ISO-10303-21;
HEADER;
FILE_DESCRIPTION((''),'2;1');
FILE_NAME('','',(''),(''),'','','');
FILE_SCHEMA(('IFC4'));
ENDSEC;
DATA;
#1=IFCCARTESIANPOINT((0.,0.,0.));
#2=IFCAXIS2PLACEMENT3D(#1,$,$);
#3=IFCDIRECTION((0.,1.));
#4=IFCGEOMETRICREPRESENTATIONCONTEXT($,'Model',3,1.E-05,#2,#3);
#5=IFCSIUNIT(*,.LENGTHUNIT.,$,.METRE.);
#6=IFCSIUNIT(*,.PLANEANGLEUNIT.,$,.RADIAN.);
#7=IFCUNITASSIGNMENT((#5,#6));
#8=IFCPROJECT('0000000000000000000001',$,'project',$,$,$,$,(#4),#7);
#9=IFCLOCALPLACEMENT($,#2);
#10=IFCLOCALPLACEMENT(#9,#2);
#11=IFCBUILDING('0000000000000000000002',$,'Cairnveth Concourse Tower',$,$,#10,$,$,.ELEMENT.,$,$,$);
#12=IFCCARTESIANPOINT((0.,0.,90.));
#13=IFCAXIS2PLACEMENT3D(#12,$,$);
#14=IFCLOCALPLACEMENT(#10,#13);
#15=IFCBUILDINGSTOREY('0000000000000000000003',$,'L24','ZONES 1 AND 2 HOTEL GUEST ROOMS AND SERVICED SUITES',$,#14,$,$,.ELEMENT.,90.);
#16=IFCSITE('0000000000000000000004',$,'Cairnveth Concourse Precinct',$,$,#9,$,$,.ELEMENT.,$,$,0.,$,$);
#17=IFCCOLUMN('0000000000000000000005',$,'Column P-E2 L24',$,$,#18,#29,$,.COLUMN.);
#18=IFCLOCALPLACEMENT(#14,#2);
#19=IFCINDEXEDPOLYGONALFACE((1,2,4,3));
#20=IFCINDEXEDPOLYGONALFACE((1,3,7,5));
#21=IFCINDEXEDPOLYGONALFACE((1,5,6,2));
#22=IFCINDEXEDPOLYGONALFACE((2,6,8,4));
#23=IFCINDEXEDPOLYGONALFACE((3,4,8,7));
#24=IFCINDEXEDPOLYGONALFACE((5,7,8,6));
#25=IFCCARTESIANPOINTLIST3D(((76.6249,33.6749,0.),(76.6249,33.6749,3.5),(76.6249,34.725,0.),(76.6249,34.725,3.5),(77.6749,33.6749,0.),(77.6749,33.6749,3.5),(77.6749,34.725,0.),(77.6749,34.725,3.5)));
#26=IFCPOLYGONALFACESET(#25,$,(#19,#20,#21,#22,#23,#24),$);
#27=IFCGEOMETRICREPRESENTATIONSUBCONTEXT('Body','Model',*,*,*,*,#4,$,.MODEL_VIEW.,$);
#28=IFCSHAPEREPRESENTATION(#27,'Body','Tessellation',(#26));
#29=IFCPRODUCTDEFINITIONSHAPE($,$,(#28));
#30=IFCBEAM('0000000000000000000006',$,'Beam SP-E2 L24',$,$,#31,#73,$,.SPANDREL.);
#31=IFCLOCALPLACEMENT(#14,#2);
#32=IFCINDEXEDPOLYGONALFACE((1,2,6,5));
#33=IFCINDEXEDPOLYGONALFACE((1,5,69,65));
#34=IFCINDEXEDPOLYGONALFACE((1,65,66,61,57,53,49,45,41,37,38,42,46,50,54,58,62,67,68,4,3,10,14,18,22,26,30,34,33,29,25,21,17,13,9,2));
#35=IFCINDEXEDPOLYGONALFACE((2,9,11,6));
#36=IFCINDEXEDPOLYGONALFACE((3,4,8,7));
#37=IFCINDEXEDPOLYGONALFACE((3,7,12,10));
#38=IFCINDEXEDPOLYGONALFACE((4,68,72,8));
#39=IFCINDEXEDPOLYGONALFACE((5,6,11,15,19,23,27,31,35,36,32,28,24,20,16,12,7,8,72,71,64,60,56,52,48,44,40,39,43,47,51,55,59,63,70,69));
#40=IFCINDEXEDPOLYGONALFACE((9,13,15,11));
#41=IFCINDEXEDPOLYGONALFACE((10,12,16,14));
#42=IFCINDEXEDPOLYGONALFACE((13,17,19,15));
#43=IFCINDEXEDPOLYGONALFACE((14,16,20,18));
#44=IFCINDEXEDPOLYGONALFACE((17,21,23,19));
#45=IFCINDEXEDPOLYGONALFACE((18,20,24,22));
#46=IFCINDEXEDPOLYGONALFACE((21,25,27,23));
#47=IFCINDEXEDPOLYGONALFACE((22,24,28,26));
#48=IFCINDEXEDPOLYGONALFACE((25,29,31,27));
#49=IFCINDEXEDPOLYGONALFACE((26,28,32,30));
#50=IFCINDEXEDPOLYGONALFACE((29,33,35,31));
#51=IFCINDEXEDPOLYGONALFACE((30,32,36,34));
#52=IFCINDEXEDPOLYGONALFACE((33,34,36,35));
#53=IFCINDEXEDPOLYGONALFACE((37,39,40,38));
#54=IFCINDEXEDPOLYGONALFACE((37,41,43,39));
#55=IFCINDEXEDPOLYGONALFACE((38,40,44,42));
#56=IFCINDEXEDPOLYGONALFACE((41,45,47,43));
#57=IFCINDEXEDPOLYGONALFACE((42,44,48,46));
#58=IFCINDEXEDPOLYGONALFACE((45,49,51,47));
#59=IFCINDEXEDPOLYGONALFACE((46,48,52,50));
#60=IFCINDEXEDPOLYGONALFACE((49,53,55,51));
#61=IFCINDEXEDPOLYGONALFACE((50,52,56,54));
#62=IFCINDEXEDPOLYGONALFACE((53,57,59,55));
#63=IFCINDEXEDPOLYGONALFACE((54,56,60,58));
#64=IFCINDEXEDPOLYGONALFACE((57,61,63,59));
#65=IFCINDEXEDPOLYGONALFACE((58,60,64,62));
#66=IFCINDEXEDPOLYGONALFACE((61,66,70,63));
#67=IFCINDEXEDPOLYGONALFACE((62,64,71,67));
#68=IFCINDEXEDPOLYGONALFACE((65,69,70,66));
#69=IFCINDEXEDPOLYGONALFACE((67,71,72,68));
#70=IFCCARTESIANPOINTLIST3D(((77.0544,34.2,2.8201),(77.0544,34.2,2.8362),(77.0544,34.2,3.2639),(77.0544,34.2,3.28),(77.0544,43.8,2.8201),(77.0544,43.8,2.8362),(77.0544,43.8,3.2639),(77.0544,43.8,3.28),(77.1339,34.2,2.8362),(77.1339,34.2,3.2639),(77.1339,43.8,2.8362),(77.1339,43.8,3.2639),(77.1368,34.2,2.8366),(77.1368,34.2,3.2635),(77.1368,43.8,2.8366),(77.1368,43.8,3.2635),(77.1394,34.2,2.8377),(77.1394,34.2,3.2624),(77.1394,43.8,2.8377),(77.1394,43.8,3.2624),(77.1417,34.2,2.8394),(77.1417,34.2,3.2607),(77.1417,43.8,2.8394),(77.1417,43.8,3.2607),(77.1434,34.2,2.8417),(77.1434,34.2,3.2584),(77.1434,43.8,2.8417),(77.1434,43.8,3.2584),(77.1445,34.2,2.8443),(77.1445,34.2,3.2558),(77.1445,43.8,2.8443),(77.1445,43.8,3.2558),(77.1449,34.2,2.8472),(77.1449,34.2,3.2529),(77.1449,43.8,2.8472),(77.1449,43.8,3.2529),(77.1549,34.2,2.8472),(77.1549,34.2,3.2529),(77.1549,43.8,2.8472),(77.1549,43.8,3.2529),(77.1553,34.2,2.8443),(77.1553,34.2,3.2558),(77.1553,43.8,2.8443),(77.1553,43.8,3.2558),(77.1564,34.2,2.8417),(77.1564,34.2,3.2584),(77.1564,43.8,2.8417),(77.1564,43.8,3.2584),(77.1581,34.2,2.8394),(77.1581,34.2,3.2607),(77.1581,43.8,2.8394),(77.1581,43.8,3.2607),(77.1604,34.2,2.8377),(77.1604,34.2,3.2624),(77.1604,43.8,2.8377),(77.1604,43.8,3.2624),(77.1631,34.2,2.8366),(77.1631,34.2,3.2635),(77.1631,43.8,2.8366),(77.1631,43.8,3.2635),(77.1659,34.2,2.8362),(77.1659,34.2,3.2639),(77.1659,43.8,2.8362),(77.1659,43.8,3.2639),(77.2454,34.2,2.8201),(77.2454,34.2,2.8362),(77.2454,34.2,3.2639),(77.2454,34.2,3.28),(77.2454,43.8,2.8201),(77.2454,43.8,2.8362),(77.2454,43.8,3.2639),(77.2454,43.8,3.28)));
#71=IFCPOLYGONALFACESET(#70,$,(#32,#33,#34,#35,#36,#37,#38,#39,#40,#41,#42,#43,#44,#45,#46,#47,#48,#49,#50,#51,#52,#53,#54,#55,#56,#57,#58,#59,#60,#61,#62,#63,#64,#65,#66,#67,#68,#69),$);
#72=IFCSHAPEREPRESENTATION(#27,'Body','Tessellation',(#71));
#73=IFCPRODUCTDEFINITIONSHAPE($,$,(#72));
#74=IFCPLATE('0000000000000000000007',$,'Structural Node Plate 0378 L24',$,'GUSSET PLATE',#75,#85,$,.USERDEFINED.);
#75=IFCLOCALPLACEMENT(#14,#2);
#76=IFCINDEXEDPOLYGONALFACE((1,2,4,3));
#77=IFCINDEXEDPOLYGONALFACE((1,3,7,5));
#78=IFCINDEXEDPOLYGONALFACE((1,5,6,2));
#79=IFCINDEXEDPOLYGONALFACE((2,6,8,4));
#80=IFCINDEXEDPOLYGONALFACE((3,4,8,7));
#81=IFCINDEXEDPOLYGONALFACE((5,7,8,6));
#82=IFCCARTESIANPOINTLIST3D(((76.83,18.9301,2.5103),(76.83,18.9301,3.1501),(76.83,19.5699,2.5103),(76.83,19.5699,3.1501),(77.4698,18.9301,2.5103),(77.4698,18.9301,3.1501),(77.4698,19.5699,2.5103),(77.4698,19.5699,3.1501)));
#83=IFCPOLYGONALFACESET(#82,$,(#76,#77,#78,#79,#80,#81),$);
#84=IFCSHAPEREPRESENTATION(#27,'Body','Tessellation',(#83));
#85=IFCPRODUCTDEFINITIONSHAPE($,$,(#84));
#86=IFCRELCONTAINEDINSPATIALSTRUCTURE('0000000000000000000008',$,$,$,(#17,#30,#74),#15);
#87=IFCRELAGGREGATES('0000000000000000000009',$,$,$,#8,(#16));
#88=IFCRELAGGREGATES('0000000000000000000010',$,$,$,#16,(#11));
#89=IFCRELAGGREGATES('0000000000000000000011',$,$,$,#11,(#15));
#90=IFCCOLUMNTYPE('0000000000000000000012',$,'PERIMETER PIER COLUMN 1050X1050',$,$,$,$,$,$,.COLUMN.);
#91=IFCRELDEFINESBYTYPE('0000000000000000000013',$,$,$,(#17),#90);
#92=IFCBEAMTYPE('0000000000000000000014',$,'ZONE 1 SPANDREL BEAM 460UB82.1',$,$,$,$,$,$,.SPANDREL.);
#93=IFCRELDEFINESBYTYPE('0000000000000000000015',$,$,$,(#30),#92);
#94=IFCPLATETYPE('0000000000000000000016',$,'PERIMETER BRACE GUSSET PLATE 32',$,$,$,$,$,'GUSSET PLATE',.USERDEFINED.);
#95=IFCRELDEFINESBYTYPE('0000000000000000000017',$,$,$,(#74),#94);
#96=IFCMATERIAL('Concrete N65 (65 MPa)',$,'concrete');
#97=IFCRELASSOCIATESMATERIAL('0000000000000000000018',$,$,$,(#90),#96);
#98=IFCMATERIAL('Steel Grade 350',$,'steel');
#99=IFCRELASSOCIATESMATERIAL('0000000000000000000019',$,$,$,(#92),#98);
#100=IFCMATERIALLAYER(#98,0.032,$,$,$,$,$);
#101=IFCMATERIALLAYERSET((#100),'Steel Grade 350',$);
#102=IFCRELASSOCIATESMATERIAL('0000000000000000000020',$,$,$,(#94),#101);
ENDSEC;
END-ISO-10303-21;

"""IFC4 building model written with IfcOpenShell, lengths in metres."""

from ifc_helpers import new_model, si_unit, direction, frame, origin, origin_2d, place, context, subcontext, project, spatial, rectangle, i_section, extrude, material, layer, layer_set, material_profile, profile_set, type_object, element, save


model = new_model("IFC4")

# Units and contexts
model_context = context("Model", 3, precision=1e-05, world=origin(), true_north=direction((0.0, 1.0)))
body_context = subcontext(model_context, "Body", "Model", "MODEL_VIEW")
ifc_project = project(units=[si_unit("LENGTHUNIT", "METRE"), si_unit("PLANEANGLEUNIT", "RADIAN")], contexts=[model_context])

# Site, building, storey
site_placement = place(None, origin())
site = spatial("IfcSite", under=ifc_project, at=site_placement, Name="Cairnveth Concourse Precinct", CompositionType="ELEMENT", RefElevation=0.0)
building_placement = place(site_placement, origin())
building = spatial("IfcBuilding", under=site, at=building_placement, Name="Cairnveth Concourse Tower", CompositionType="ELEMENT")
storey_placement = place(building_placement, frame((0.0, 0.0, 90.0)))
storey = spatial("IfcBuildingStorey", under=building, at=storey_placement, Name="L24", Description="ZONES 1 AND 2 HOTEL GUEST ROOMS AND SERVICED SUITES", CompositionType="ELEMENT", Elevation=90.0)

# Column
ifc_material_1 = material(Name="Concrete N65 (65 MPa)", Category="concrete")
ifc_material_profile_1 = material_profile(ifc_material_1, rectangle(XDim=1.05, YDim=1.05, at=origin_2d()), Name="RC-COL-1050x1050")
ifc_profile_set_1 = profile_set([ifc_material_profile_1], Name="Concrete N65 (65 MPa)")
column_type = type_object("IfcColumnType", Name="PERIMETER PIER COLUMN 1050X1050", PredefinedType="COLUMN", material=ifc_profile_set_1)
column_placement = place(storey_placement, frame((77.1499, 34.2, 0.0), z_axis=(0.0, 0.0, 1.0), x_axis=(0.0, 1.0, 0.0)))
element("IfcColumn", 1, at=column_placement, inside=storey, type_object=column_type, Name="Column P-E2 L24", PredefinedType="COLUMN", context=body_context, shape_type="SweptSolid", body=[
    extrude(rectangle(XDim=1.05, YDim=1.05, at=origin_2d()), origin(), (0.0, 0.0, 1.0), 3.5),
])

# Beam
ifc_material_2 = material(Name="Steel Grade 350", Category="steel")
ifc_material_profile_2 = material_profile(ifc_material_2, i_section(OverallWidth=0.1909, OverallDepth=0.46, WebThickness=0.01, FlangeThickness=0.0161, FilletRadius=0.011, at=origin_2d()), Name="460UB82.1")
ifc_profile_set_2 = profile_set([ifc_material_profile_2], Name="Steel Grade 350")
beam_type = type_object("IfcBeamType", Name="ZONE 1 SPANDREL BEAM 460UB82.1", PredefinedType="SPANDREL", material=ifc_profile_set_2)
beam_placement = place(storey_placement, frame((77.1499, 34.2, 3.05), z_axis=(0.0, 1.0, 0.0), x_axis=(-1.0, 0.0, 0.0)))
element("IfcBeam", 2, at=beam_placement, inside=storey, type_object=beam_type, Name="Beam SP-E2 L24", PredefinedType="SPANDREL", context=body_context, shape_type="SweptSolid", body=[
    extrude(i_section(OverallWidth=0.1909, OverallDepth=0.46, WebThickness=0.01, FlangeThickness=0.0161, FilletRadius=0.011, at=origin_2d()), origin(), (0.0, 0.0, 1.0), 9.6001),
])

# Plate
ifc_layer_1 = layer(ifc_material_2, 0.032)
ifc_layer_set_1 = layer_set([ifc_layer_1], Name="Steel Grade 350")
plate_type = type_object("IfcPlateType", Name="PERIMETER BRACE GUSSET PLATE 32", ElementType="GUSSET PLATE", PredefinedType="USERDEFINED", material=ifc_layer_set_1)
plate_placement = place(storey_placement, frame((77.1499, 19.25, 2.5103), z_axis=(0.0, 0.0, 1.0), x_axis=(1.0, 0.0, 0.0)))
element("IfcPlate", 3, at=plate_placement, inside=storey, type_object=plate_type, Name="Structural Node Plate 0378 L24", ObjectType="GUSSET PLATE", PredefinedType="USERDEFINED", context=body_context, shape_type="SweptSolid", body=[
    extrude(rectangle(XDim=0.6399, YDim=0.6399, at=origin_2d()), origin(), (0.0, 0.0, 1.0), 0.6399),
])

save(model, "model.ifc")
